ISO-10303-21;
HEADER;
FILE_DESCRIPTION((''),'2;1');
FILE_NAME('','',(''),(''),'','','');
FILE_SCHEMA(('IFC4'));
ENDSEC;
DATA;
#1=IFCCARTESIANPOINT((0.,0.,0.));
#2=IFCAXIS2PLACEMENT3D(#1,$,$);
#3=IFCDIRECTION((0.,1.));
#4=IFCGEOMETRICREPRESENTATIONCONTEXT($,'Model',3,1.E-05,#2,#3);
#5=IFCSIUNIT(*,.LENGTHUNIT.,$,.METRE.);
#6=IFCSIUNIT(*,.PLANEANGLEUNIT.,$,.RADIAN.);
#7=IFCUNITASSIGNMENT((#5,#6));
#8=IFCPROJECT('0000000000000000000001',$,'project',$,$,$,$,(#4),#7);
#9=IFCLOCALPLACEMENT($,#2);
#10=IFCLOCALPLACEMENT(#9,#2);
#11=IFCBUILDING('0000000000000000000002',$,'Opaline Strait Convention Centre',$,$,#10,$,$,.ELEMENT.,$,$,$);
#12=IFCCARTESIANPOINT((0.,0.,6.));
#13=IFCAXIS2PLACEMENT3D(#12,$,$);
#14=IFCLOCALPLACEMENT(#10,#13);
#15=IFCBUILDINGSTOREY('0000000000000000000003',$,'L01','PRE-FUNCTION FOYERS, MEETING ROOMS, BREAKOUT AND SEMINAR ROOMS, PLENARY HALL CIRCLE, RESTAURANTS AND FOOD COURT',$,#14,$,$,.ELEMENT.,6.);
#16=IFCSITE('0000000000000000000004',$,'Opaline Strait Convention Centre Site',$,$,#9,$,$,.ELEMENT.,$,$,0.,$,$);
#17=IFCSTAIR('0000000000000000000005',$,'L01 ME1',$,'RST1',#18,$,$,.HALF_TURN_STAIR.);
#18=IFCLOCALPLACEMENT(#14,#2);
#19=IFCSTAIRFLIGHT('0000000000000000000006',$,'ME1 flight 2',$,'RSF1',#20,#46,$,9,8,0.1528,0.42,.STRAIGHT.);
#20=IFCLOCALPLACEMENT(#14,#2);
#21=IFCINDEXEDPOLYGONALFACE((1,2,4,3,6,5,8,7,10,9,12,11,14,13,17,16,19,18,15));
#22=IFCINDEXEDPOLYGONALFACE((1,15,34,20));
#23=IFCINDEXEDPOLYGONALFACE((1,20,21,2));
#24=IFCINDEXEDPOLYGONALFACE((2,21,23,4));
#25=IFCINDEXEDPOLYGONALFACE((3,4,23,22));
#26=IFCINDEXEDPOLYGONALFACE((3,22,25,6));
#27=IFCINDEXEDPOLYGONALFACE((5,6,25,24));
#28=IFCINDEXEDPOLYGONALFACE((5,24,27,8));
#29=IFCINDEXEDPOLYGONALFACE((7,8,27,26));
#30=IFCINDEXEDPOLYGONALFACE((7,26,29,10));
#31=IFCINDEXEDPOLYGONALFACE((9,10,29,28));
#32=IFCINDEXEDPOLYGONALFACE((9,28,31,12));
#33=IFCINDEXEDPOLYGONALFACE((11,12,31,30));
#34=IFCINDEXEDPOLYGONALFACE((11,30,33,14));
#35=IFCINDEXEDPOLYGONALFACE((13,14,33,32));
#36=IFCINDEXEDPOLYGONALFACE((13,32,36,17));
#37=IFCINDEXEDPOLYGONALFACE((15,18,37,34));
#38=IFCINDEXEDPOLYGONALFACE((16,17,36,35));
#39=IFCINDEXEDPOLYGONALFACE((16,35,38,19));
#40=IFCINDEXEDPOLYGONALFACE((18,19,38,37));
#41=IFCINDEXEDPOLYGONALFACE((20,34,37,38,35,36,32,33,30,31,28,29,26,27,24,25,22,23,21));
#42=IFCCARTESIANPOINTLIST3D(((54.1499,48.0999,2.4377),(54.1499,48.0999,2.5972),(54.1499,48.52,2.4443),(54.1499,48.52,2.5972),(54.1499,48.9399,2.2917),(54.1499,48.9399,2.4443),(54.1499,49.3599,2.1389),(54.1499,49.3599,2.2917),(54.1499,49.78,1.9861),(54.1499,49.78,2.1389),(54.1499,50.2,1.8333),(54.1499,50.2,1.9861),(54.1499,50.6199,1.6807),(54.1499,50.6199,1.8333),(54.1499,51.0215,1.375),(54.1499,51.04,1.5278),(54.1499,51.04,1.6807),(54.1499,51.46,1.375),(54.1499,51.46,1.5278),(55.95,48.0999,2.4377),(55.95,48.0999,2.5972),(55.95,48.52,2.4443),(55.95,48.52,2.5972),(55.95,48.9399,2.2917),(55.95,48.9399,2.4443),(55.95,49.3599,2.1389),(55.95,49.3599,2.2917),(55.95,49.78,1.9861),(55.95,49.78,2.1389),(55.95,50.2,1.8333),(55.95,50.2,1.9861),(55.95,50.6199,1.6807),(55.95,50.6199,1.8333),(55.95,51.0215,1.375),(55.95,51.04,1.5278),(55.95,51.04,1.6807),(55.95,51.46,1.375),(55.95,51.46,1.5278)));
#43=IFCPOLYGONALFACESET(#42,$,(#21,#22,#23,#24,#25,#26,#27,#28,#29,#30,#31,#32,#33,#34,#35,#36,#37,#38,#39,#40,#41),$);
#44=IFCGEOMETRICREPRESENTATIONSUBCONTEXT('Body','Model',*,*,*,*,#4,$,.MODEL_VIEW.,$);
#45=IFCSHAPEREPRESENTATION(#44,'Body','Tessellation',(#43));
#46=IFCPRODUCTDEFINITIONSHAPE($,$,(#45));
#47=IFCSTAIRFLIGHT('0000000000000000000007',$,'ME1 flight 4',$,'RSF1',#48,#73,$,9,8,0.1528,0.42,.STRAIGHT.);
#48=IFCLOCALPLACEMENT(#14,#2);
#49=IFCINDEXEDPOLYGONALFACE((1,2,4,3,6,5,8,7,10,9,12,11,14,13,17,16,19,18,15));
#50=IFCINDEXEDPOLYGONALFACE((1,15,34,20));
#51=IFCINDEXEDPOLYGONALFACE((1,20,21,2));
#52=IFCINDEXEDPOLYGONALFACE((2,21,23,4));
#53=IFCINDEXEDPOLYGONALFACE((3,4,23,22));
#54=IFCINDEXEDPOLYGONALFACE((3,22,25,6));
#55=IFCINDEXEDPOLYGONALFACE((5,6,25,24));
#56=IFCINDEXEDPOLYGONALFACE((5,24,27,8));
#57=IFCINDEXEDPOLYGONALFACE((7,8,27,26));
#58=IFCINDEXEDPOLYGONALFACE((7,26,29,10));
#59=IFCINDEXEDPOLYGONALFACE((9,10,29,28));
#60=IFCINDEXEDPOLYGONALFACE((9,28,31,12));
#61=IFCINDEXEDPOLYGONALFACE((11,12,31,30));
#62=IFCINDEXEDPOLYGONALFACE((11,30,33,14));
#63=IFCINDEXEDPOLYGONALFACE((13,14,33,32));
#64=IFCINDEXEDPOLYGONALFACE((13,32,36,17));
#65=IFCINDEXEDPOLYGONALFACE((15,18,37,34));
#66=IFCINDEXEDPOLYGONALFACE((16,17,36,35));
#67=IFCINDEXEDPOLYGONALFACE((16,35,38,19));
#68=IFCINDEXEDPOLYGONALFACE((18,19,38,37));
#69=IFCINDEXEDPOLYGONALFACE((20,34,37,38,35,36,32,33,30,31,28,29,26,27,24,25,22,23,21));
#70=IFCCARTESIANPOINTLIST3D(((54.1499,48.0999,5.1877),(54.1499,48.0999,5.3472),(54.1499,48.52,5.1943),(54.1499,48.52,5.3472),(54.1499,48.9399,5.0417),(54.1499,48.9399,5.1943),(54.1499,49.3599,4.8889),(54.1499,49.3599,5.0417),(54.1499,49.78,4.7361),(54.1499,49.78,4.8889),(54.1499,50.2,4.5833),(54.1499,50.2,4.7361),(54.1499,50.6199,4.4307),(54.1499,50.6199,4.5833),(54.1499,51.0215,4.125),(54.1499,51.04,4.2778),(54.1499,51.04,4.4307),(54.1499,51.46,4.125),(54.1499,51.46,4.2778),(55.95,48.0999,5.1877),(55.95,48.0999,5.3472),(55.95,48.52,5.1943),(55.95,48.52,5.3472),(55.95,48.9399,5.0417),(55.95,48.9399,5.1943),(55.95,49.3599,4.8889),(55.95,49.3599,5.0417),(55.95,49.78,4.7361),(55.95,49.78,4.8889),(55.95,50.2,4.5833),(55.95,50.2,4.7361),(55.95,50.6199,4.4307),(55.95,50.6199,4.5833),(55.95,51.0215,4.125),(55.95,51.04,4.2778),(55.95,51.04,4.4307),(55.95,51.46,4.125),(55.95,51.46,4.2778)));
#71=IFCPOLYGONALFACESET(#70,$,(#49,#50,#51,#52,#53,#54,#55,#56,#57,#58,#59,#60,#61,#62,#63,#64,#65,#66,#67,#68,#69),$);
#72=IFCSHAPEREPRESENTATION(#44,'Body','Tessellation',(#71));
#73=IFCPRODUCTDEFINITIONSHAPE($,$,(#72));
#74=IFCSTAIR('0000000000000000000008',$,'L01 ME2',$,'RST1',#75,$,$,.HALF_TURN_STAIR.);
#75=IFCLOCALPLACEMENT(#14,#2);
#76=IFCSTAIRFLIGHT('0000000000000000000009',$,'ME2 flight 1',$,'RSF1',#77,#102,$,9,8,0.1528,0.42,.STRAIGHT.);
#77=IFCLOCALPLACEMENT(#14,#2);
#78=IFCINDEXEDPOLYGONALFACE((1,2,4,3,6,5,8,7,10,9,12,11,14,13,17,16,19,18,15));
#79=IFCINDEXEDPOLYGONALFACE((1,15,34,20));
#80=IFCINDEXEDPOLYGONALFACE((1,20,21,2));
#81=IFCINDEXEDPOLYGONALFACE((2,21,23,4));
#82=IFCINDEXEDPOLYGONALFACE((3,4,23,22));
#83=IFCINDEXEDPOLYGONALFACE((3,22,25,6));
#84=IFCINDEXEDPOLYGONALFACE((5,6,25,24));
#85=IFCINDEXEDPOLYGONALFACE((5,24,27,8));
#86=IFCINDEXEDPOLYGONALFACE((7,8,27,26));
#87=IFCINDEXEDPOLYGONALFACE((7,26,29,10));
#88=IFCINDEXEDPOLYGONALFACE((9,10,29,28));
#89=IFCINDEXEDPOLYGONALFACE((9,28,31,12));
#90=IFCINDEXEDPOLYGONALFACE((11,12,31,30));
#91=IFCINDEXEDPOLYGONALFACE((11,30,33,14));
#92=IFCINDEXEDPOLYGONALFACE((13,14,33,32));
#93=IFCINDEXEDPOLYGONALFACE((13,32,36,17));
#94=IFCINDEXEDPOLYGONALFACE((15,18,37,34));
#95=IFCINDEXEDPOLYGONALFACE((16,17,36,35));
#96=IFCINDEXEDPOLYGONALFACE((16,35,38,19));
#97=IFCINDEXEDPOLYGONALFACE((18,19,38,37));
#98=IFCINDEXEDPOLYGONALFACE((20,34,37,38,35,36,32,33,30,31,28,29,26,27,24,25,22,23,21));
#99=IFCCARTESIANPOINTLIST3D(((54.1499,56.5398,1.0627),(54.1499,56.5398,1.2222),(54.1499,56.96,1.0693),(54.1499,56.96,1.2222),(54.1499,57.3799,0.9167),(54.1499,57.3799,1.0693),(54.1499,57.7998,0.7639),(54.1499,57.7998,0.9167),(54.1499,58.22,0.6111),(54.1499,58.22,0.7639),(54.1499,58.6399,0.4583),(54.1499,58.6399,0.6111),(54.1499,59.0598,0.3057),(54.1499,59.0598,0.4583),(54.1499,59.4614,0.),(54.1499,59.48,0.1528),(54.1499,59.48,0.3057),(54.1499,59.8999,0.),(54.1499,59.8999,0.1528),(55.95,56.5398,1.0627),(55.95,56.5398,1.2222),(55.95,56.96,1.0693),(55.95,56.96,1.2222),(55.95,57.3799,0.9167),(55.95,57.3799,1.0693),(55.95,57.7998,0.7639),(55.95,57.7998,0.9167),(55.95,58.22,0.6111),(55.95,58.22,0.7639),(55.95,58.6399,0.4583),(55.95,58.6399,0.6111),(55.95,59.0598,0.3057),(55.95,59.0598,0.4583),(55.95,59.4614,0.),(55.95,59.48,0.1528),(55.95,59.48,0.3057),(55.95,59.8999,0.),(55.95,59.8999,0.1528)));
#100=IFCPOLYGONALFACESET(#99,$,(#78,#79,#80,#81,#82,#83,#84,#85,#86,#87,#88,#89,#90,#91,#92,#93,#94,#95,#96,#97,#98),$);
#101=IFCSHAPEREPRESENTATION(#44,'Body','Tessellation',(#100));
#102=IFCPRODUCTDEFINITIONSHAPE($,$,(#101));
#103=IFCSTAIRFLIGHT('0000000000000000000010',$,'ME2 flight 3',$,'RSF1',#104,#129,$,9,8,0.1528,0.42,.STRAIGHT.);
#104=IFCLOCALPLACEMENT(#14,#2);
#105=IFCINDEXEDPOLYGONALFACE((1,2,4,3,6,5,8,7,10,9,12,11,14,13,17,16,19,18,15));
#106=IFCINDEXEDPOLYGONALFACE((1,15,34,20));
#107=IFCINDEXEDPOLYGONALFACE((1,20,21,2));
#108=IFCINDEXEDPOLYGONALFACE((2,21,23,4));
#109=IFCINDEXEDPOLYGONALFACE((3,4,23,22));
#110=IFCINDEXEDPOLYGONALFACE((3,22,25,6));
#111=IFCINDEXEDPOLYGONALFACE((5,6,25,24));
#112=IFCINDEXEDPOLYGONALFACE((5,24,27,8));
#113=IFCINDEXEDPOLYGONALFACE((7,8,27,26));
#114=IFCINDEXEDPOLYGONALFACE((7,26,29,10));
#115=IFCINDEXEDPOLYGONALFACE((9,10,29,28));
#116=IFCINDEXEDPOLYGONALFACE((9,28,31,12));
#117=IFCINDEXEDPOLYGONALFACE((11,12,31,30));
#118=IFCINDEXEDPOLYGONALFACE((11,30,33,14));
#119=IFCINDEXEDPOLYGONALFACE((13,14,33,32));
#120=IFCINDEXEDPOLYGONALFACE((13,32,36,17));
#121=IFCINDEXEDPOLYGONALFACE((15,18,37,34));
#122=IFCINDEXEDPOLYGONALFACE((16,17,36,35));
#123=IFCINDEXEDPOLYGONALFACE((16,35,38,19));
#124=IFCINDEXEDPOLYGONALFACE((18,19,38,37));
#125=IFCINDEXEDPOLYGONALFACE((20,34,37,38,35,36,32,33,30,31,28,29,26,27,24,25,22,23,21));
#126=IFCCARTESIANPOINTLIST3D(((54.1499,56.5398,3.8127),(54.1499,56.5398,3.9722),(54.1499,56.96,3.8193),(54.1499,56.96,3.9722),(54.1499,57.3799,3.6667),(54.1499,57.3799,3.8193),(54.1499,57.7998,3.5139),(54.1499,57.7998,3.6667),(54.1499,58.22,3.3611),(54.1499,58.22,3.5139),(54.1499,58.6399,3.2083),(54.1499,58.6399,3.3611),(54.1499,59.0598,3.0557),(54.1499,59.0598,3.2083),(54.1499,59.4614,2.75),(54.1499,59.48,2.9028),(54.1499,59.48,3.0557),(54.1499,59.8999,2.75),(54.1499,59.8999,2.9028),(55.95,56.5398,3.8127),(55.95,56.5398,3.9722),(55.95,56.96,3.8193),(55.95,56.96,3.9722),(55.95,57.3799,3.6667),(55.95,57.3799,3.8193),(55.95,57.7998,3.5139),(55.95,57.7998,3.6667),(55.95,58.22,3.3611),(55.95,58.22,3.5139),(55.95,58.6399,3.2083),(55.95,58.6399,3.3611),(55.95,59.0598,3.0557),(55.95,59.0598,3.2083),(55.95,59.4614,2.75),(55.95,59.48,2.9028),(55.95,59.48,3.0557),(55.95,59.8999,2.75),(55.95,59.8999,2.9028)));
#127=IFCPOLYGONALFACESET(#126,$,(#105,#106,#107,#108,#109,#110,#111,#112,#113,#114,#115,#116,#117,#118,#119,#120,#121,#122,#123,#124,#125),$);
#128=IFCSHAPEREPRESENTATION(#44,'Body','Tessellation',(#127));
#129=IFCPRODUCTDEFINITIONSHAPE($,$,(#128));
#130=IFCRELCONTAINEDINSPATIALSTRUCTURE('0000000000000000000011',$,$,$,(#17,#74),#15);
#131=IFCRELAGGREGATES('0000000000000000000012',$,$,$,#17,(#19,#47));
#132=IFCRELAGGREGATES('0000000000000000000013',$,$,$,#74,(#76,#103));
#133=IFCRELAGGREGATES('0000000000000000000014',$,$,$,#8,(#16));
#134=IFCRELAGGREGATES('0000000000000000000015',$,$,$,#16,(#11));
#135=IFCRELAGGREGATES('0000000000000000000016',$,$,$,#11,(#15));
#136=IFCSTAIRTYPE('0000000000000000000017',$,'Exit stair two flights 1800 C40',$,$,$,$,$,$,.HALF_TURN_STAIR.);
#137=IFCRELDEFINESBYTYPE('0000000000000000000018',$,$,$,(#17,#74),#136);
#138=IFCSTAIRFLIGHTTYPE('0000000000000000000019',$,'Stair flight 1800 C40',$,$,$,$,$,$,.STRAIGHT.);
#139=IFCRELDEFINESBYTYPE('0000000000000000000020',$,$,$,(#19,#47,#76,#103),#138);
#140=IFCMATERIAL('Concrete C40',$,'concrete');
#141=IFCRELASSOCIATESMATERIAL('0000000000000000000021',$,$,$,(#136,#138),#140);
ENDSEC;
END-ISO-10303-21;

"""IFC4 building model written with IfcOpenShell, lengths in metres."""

from ifc_helpers import new_model, si_unit, direction, frame, origin, place, context, subcontext, project, spatial, polyline, outline, extrude, material, type_object, element, aggregate, save


model = new_model("IFC4")

# Units and contexts
model_context = context("Model", 3, precision=1e-05, world=origin(), true_north=direction((0.0, 1.0)))
body_context = subcontext(model_context, "Body", "Model", "MODEL_VIEW")
ifc_project = project(units=[si_unit("LENGTHUNIT", "METRE"), si_unit("PLANEANGLEUNIT", "RADIAN")], contexts=[model_context])

# Site, building, storey
site_placement = place(None, origin())
site = spatial("IfcSite", under=ifc_project, at=site_placement, Name="Opaline Strait Convention Centre Site", CompositionType="ELEMENT", RefElevation=0.0)
building_placement = place(site_placement, origin())
building = spatial("IfcBuilding", under=site, at=building_placement, Name="Opaline Strait Convention Centre", CompositionType="ELEMENT")
storey_placement = place(building_placement, frame((0.0, 0.0, 6.0)))
storey = spatial("IfcBuildingStorey", under=building, at=storey_placement, Name="L01", Description="PRE-FUNCTION FOYERS, MEETING ROOMS, BREAKOUT AND SEMINAR ROOMS, PLENARY HALL CIRCLE, RESTAURANTS AND FOOD COURT", CompositionType="ELEMENT", Elevation=6.0)

# Shared definitions
ifc_material_1 = material(Name="Concrete C40", Category="concrete")

# Stairs, stair flights
stair_type = type_object("IfcStairType", Name="Exit stair two flights 1800 C40", PredefinedType="HALF_TURN_STAIR", material=ifc_material_1)
stair_1_placement = place(storey_placement, origin())
stair_1 = element("IfcStair", 1, at=stair_1_placement, inside=storey, type_object=stair_type, Name="L01 ME1", ObjectType="RST1", PredefinedType="HALF_TURN_STAIR")
stair_flight_type = type_object("IfcStairFlightType", Name="Stair flight 1800 C40", PredefinedType="STRAIGHT", material=ifc_material_1)
stair_flight_1_placement = place(storey_placement, frame((55.05, 51.46, 1.375), z_axis=(0.0, 0.0, 1.0), x_axis=(0.0, -1.0, 0.0)))
stair_flight_1 = element("IfcStairFlight", 2, at=stair_flight_1_placement, type_object=stair_flight_type, Name="ME1 flight 2", ObjectType="RSF1", NumberOfRisers=9, NumberOfTreads=8, PredefinedType="STRAIGHT", RiserHeight=0.1528, TreadLength=0.42, context=body_context, shape_type="SweptSolid", body=[
    extrude(outline(polyline([(0.0, 0.0), (0.0, 0.1528), (0.4199, 0.1528), (0.4199, 0.3057), (0.8401, 0.3057), (0.8401, 0.4583), (1.26, 0.4583), (1.26, 0.6111), (1.6799, 0.6111), (1.6799, 0.7639), (2.1001, 0.7639), (2.1001, 0.9167), (2.52, 0.9167), (2.52, 1.0693), (2.9399, 1.0693), (2.9399, 1.2222), (3.3601, 1.2222), (3.3601, 1.375), (3.3601, 1.0627), (0.4385, 0.0), (0.0, 0.0)])), frame((0.0, 0.8999, 0.0), z_axis=(0.0, -1.0, 0.0), x_axis=(1.0, 0.0, 0.0)), (0.0, 0.0, 1.0), 1.8),
])
stair_flight_2_placement = place(storey_placement, frame((55.05, 51.46, 4.125), z_axis=(0.0, 0.0, 1.0), x_axis=(0.0, -1.0, 0.0)))
stair_flight_2 = element("IfcStairFlight", 3, at=stair_flight_2_placement, type_object=stair_flight_type, Name="ME1 flight 4", ObjectType="RSF1", NumberOfRisers=9, NumberOfTreads=8, PredefinedType="STRAIGHT", RiserHeight=0.1528, TreadLength=0.42, context=body_context, shape_type="SweptSolid", body=[
    extrude(outline(polyline([(0.0, 0.0), (0.0, 0.1528), (0.4199, 0.1528), (0.4199, 0.3057), (0.8401, 0.3057), (0.8401, 0.4583), (1.26, 0.4583), (1.26, 0.6111), (1.6799, 0.6111), (1.6799, 0.7639), (2.1001, 0.7639), (2.1001, 0.9167), (2.52, 0.9167), (2.52, 1.0693), (2.9399, 1.0693), (2.9399, 1.2222), (3.3601, 1.2222), (3.3601, 1.375), (3.3601, 1.0627), (0.4385, 0.0), (0.0, 0.0)])), frame((0.0, 0.8999, 0.0), z_axis=(0.0, -1.0, 0.0), x_axis=(1.0, 0.0, 0.0)), (0.0, 0.0, 1.0), 1.8),
])
aggregate(stair_1, [stair_flight_1, stair_flight_2])
stair_2_placement = place(storey_placement, origin())
stair_2 = element("IfcStair", 4, at=stair_2_placement, inside=storey, type_object=stair_type, Name="L01 ME2", ObjectType="RST1", PredefinedType="HALF_TURN_STAIR")
stair_flight_3_placement = place(storey_placement, frame((55.05, 59.8999, 0.0), z_axis=(0.0, 0.0, 1.0), x_axis=(0.0, -1.0, 0.0)))
stair_flight_3 = element("IfcStairFlight", 5, at=stair_flight_3_placement, type_object=stair_flight_type, Name="ME2 flight 1", ObjectType="RSF1", NumberOfRisers=9, NumberOfTreads=8, PredefinedType="STRAIGHT", RiserHeight=0.1528, TreadLength=0.42, context=body_context, shape_type="SweptSolid", body=[
    extrude(outline(polyline([(0.0, 0.0), (0.0, 0.1528), (0.4199, 0.1528), (0.4199, 0.3057), (0.8401, 0.3057), (0.8401, 0.4583), (1.26, 0.4583), (1.26, 0.6111), (1.6799, 0.6111), (1.6799, 0.7639), (2.1001, 0.7639), (2.1001, 0.9167), (2.52, 0.9167), (2.52, 1.0693), (2.9399, 1.0693), (2.9399, 1.2222), (3.3601, 1.2222), (3.3601, 1.375), (3.3601, 1.0627), (0.4385, 0.0), (0.0, 0.0)])), frame((0.0, 0.8999, 0.0), z_axis=(0.0, -1.0, 0.0), x_axis=(1.0, 0.0, 0.0)), (0.0, 0.0, 1.0), 1.8),
])
stair_flight_4_placement = place(storey_placement, frame((55.05, 59.8999, 2.75), z_axis=(0.0, 0.0, 1.0), x_axis=(0.0, -1.0, 0.0)))
stair_flight_4 = element("IfcStairFlight", 6, at=stair_flight_4_placement, type_object=stair_flight_type, Name="ME2 flight 3", ObjectType="RSF1", NumberOfRisers=9, NumberOfTreads=8, PredefinedType="STRAIGHT", RiserHeight=0.1528, TreadLength=0.42, context=body_context, shape_type="SweptSolid", body=[
    extrude(outline(polyline([(0.0, 0.0), (0.0, 0.1528), (0.4199, 0.1528), (0.4199, 0.3057), (0.8401, 0.3057), (0.8401, 0.4583), (1.26, 0.4583), (1.26, 0.6111), (1.6799, 0.6111), (1.6799, 0.7639), (2.1001, 0.7639), (2.1001, 0.9167), (2.52, 0.9167), (2.52, 1.0693), (2.9399, 1.0693), (2.9399, 1.2222), (3.3601, 1.2222), (3.3601, 1.375), (3.3601, 1.0627), (0.4385, 0.0), (0.0, 0.0)])), frame((0.0, 0.8999, 0.0), z_axis=(0.0, -1.0, 0.0), x_axis=(1.0, 0.0, 0.0)), (0.0, 0.0, 1.0), 1.8),
])
aggregate(stair_2, [stair_flight_3, stair_flight_4])

save(model, "model.ifc")
